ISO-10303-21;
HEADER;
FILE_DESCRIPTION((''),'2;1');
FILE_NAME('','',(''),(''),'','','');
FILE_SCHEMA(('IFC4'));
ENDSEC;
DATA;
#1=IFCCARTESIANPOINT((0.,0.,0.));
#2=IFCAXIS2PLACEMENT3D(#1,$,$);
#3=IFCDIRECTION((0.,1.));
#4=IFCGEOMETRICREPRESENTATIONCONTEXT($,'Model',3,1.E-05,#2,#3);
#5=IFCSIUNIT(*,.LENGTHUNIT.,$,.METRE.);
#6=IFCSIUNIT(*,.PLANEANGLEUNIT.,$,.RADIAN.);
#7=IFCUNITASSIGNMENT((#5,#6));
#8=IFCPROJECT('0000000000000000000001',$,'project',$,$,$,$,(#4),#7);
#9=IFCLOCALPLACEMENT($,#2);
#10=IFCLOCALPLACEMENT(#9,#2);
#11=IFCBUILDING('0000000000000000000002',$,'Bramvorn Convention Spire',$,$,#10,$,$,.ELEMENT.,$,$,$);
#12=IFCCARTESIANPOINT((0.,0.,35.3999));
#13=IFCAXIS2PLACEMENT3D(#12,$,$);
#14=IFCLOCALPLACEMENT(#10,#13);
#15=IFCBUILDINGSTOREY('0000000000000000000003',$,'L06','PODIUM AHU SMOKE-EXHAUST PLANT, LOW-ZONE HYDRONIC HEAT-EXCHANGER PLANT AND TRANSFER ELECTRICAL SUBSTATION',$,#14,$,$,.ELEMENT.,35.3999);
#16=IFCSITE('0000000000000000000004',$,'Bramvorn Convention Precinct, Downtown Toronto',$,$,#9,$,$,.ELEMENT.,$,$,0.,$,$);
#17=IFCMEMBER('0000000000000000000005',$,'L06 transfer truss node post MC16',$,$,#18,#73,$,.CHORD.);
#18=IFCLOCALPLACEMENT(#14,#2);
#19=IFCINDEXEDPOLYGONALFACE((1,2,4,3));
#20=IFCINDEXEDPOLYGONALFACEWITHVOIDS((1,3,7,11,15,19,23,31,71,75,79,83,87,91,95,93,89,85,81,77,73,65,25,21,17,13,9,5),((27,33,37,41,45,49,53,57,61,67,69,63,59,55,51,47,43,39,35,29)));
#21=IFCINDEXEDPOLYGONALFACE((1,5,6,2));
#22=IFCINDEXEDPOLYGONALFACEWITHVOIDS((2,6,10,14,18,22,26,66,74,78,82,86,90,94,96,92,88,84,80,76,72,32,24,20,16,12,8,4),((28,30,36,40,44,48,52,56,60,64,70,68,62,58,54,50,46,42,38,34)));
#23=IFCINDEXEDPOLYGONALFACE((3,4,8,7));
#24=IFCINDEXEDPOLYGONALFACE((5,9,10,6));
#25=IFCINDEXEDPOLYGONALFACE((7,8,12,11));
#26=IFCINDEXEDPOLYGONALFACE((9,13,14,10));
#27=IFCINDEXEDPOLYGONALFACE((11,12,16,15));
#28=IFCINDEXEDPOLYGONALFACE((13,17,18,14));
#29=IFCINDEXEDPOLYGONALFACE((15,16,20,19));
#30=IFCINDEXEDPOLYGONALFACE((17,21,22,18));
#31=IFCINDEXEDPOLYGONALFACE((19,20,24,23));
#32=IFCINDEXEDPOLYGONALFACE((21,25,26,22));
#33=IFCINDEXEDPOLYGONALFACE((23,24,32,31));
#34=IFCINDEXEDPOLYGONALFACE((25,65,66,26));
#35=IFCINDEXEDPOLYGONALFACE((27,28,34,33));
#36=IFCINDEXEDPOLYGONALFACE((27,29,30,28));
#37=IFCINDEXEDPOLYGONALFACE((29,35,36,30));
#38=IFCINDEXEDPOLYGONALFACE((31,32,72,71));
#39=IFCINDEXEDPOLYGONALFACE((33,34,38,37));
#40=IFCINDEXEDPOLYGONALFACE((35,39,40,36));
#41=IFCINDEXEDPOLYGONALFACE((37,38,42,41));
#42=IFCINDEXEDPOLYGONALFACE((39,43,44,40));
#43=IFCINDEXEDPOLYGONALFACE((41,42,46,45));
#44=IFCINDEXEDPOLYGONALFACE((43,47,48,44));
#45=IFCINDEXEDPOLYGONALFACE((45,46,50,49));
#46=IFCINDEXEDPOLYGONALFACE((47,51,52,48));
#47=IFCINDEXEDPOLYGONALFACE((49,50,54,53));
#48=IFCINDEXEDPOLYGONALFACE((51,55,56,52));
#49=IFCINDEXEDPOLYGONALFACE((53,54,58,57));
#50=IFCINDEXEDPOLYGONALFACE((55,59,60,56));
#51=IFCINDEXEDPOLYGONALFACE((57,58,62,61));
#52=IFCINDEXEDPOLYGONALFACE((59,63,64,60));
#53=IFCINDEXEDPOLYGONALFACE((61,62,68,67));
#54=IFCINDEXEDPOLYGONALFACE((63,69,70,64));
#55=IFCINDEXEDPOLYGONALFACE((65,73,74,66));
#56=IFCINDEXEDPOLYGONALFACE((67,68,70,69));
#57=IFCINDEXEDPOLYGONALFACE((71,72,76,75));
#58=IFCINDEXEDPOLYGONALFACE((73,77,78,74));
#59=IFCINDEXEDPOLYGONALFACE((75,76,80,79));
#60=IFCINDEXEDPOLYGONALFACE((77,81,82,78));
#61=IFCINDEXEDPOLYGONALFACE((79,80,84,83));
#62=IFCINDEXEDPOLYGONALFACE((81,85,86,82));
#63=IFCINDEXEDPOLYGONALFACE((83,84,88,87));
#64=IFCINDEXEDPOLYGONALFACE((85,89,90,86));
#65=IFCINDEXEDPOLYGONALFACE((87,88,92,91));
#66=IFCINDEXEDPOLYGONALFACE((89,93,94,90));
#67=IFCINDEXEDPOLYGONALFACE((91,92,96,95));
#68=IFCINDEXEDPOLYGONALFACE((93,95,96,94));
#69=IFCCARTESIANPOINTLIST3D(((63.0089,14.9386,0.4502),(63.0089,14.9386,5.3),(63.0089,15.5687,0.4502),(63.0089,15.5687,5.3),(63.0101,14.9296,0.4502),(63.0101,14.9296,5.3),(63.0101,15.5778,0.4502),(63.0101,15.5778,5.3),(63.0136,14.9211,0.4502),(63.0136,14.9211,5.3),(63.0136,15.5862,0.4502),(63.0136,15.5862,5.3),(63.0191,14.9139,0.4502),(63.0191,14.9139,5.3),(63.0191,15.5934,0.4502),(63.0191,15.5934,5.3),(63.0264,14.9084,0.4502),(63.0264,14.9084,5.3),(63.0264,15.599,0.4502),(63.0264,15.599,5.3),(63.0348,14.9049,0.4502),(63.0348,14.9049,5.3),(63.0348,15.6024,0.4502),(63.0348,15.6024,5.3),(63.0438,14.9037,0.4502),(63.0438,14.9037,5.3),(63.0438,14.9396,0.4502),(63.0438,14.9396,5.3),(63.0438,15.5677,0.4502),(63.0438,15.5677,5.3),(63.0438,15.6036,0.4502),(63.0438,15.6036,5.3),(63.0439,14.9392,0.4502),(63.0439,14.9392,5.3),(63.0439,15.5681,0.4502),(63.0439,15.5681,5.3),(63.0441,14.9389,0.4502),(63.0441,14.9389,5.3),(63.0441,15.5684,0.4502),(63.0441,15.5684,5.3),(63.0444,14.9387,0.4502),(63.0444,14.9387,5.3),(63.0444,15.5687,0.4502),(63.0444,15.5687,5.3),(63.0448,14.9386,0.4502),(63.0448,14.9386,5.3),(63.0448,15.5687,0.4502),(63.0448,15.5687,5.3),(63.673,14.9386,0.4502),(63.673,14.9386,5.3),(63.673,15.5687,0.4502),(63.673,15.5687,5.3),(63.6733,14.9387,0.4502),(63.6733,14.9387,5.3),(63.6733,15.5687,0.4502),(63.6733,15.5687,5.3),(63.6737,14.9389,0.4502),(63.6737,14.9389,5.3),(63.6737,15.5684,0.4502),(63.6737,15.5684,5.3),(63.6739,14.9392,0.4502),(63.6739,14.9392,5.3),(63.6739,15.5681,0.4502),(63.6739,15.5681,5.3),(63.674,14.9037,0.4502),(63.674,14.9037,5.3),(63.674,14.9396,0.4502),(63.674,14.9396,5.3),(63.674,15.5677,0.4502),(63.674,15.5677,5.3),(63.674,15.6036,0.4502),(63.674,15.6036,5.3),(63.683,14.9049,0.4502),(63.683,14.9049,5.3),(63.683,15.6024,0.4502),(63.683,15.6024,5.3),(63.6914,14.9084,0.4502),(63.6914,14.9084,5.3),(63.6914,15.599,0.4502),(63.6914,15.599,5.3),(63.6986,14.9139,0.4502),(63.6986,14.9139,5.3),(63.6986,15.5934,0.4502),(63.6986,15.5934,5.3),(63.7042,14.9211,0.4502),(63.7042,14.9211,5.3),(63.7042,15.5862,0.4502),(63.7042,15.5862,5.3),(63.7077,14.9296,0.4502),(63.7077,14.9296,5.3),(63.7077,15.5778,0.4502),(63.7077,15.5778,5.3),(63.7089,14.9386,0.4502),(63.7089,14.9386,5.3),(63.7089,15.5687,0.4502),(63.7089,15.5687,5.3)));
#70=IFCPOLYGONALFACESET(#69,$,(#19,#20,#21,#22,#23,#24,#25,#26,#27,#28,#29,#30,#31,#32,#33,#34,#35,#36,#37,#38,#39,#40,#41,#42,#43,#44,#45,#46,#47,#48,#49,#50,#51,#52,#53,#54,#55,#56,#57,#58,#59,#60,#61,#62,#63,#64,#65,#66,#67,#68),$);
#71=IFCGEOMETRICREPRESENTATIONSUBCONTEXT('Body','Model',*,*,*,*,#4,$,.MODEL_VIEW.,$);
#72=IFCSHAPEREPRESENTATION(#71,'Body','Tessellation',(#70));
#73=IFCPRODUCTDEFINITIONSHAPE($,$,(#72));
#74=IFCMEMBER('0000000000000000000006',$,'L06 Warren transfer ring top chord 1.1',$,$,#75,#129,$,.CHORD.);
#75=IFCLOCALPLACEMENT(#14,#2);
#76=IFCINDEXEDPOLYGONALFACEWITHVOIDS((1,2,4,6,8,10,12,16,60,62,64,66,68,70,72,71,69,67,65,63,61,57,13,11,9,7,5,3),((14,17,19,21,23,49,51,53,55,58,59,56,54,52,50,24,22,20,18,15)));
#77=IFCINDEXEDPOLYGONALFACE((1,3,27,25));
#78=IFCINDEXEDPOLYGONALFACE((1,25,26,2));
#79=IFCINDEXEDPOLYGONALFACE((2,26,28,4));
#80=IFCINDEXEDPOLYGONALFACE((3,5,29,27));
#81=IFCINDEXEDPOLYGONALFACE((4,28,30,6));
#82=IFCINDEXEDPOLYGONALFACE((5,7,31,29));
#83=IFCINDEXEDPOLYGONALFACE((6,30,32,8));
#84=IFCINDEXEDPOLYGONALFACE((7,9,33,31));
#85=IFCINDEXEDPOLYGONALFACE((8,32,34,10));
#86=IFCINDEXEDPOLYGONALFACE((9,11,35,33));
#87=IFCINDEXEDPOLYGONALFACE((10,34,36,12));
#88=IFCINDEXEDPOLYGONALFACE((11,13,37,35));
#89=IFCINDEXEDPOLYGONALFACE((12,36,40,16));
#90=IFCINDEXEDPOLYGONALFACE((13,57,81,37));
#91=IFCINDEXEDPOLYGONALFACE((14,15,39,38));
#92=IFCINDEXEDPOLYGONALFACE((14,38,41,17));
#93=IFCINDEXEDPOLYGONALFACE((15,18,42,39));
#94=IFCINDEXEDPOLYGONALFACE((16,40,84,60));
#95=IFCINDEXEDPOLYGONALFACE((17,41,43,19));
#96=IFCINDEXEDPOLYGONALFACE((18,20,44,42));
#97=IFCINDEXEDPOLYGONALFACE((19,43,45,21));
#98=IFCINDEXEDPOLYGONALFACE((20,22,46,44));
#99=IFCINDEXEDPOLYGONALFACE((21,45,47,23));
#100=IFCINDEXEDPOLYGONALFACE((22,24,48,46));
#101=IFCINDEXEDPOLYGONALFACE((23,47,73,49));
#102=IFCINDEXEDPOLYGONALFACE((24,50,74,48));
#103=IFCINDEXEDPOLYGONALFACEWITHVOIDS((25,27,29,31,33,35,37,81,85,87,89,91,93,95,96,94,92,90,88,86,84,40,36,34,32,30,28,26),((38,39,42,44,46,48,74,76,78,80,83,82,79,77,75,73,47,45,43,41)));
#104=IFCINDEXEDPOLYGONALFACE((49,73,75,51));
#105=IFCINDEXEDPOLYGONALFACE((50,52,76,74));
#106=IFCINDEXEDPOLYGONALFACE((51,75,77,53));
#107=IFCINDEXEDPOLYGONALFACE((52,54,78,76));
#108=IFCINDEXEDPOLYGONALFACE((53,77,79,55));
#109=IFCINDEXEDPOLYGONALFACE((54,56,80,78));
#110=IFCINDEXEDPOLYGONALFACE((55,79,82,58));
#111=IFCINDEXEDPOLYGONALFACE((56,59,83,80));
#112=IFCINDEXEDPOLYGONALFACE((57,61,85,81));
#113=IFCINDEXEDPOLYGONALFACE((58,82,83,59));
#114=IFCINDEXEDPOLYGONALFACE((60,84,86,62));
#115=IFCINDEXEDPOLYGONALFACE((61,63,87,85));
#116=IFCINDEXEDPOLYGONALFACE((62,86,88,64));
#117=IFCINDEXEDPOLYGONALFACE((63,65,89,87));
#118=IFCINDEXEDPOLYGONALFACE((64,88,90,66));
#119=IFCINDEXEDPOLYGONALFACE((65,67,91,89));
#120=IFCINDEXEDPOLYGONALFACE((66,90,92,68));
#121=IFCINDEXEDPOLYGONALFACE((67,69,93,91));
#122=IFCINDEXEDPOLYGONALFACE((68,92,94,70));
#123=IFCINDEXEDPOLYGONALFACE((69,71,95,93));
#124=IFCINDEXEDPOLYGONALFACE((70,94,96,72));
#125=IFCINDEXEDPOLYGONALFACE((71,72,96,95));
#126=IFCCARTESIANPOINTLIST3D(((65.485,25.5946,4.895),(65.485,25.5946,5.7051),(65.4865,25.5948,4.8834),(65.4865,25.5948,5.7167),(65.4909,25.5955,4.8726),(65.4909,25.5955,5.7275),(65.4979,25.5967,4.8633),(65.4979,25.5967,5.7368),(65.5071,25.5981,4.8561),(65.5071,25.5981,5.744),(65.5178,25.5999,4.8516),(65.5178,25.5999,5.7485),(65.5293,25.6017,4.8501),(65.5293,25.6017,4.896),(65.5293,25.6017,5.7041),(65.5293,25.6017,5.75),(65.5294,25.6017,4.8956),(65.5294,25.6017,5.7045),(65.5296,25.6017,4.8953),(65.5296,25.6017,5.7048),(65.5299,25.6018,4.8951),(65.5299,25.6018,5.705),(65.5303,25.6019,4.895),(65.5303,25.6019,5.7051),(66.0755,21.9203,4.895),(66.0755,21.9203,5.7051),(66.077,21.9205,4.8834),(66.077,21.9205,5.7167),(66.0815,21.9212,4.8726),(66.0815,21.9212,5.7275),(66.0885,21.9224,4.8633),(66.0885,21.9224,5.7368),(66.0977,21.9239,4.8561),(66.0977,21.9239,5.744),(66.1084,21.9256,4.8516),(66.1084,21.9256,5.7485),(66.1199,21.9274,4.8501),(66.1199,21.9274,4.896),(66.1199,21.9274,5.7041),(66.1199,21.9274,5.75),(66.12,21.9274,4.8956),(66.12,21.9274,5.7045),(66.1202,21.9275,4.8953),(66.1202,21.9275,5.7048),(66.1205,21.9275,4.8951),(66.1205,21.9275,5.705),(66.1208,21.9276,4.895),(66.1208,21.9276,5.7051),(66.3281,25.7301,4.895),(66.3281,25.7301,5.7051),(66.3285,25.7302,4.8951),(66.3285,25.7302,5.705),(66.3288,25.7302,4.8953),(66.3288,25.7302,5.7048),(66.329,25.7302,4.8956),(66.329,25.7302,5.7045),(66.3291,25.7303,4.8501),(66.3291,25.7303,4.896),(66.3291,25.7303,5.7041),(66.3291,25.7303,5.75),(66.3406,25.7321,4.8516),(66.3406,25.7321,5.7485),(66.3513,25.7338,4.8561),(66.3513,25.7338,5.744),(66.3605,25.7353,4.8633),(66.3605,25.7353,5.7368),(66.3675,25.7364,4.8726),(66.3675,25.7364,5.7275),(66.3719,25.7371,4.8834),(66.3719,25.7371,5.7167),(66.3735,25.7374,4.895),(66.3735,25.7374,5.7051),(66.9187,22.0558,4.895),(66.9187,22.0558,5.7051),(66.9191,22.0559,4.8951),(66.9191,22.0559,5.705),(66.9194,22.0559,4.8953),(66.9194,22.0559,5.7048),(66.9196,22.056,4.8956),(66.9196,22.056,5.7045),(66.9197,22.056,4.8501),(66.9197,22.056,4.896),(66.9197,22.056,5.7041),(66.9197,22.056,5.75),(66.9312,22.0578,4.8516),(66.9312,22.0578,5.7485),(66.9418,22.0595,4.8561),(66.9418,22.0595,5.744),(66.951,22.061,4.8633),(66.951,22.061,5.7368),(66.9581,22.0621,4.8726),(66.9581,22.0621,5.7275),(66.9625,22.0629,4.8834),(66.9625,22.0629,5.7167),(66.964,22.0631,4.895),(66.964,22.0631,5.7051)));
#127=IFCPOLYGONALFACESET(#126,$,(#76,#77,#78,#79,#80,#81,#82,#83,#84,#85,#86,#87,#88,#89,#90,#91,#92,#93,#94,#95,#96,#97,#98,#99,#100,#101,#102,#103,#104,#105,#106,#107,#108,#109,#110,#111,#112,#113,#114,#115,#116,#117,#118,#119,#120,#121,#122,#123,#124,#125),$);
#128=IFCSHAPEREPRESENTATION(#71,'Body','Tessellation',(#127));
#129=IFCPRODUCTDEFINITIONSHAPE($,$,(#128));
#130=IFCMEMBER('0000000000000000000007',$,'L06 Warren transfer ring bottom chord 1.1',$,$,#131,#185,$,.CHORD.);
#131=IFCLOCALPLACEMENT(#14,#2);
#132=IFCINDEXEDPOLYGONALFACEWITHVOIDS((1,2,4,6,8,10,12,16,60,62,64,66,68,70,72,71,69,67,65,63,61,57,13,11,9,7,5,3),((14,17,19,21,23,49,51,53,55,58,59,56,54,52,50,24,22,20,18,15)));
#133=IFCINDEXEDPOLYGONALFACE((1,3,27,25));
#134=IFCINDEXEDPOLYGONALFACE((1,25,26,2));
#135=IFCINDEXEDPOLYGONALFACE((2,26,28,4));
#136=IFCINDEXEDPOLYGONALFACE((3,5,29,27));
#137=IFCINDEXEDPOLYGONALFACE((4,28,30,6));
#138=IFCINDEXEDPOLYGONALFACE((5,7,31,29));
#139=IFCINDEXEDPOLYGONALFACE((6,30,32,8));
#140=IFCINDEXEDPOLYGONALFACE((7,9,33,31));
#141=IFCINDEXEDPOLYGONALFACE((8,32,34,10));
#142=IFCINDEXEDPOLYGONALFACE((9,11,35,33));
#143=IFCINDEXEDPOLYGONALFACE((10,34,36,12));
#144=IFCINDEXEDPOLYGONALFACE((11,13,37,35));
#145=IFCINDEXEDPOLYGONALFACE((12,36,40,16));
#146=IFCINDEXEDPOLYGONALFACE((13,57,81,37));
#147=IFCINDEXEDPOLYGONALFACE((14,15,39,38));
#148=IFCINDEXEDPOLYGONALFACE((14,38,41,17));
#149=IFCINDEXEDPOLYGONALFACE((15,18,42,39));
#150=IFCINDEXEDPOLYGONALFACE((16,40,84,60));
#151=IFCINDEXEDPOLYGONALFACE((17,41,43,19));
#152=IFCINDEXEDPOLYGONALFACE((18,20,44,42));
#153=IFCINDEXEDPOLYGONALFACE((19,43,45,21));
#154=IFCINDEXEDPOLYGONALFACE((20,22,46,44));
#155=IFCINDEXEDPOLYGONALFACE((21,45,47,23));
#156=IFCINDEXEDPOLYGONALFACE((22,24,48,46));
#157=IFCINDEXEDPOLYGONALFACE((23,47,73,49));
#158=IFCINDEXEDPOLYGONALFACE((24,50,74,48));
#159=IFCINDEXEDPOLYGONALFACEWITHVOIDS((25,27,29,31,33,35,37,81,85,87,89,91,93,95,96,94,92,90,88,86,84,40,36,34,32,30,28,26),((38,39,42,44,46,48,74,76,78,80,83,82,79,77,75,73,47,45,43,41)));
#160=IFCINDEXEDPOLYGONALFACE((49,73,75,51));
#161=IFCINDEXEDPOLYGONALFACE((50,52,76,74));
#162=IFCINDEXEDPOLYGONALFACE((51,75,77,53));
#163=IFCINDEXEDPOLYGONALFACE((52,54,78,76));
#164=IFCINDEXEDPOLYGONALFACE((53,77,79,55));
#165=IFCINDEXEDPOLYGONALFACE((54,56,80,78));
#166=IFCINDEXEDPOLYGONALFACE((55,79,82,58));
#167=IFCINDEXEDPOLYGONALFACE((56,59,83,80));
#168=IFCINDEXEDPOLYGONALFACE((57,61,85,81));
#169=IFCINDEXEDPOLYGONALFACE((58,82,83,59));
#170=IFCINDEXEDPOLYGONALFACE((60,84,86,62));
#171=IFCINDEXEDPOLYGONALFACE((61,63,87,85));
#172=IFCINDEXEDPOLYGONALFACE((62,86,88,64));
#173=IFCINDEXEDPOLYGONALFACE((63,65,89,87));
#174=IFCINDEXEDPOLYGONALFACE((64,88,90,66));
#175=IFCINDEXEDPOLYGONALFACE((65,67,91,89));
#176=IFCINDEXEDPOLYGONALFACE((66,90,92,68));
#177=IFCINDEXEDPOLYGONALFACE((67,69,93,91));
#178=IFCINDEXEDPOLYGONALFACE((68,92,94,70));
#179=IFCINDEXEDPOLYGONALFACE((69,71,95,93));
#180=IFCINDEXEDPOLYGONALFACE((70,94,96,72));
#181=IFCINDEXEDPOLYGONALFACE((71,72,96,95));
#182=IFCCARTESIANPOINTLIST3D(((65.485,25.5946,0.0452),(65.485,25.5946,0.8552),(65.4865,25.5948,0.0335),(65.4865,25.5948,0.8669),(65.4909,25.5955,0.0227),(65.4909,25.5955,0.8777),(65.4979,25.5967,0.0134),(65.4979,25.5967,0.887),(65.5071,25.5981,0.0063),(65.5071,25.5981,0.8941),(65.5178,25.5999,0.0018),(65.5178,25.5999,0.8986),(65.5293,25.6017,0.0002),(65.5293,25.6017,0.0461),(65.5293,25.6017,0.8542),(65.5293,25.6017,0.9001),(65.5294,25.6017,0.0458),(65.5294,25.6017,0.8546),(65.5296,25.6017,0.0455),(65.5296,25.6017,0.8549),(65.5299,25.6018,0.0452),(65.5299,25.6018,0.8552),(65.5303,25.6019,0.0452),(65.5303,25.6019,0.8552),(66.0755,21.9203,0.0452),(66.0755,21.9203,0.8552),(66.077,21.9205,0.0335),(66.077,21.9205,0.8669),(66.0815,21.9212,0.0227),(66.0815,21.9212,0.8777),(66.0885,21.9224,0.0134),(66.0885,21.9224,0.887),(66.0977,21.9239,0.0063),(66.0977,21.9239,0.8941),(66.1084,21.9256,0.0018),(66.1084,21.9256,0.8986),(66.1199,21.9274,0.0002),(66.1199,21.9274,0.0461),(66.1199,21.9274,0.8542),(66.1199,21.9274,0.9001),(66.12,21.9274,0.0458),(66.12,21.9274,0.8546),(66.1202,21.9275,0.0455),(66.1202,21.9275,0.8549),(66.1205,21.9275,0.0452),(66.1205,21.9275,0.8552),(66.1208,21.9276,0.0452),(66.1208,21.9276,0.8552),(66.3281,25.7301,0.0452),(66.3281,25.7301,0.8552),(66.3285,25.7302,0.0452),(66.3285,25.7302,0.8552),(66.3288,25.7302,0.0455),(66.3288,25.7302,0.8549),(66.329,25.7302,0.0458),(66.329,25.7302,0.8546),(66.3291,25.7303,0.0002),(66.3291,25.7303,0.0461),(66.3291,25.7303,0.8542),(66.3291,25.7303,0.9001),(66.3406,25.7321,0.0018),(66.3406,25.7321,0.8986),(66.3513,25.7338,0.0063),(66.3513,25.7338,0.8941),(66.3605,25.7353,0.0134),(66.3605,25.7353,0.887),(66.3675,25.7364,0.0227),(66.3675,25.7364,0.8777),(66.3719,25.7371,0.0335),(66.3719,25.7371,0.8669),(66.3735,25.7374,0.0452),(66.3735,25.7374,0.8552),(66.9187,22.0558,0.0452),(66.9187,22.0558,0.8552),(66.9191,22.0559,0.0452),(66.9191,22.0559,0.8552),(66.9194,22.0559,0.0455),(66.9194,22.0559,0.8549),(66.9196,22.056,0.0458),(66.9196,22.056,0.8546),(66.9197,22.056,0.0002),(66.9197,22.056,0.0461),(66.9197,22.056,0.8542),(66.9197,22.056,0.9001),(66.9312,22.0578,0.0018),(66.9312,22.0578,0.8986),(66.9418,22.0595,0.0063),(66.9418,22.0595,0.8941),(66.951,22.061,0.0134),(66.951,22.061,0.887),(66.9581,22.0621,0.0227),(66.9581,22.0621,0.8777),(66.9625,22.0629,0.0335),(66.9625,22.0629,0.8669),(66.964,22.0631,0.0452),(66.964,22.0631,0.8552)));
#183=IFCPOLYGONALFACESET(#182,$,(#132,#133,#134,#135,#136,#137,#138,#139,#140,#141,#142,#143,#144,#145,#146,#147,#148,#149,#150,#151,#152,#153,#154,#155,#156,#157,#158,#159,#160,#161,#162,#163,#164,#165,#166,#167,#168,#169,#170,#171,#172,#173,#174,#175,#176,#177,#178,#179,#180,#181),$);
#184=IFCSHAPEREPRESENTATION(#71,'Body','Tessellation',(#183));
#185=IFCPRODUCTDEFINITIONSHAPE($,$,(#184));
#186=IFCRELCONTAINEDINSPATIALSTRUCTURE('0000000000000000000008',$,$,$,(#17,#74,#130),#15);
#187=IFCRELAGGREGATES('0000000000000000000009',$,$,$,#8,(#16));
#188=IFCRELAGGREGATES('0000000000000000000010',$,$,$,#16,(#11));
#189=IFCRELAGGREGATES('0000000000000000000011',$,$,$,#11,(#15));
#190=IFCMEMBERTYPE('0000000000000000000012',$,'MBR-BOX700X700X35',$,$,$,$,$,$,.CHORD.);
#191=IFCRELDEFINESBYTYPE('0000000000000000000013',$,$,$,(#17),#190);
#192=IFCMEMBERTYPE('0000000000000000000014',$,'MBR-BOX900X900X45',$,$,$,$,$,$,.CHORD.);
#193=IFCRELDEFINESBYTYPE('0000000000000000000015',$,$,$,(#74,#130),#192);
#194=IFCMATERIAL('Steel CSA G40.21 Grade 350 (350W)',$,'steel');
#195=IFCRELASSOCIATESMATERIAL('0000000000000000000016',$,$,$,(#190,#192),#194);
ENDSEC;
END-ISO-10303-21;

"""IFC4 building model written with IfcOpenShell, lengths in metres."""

from ifc_helpers import new_model, si_unit, direction, frame, origin, origin_2d, place, context, subcontext, project, spatial, hollow_rectangle, extrude, material, material_profile, profile_set, type_object, element, save


model = new_model("IFC4")

# Units and contexts
model_context = context("Model", 3, precision=1e-05, world=origin(), true_north=direction((0.0, 1.0)))
body_context = subcontext(model_context, "Body", "Model", "MODEL_VIEW")
ifc_project = project(units=[si_unit("LENGTHUNIT", "METRE"), si_unit("PLANEANGLEUNIT", "RADIAN")], contexts=[model_context])

# Site, building, storey
site_placement = place(None, origin())
site = spatial("IfcSite", under=ifc_project, at=site_placement, Name="Bramvorn Convention Precinct, Downtown Toronto", CompositionType="ELEMENT", RefElevation=0.0)
building_placement = place(site_placement, origin())
building = spatial("IfcBuilding", under=site, at=building_placement, Name="Bramvorn Convention Spire", CompositionType="ELEMENT")
storey_placement = place(building_placement, frame((0.0, 0.0, 35.3999)))
storey = spatial("IfcBuildingStorey", under=building, at=storey_placement, Name="L06", Description="PODIUM AHU SMOKE-EXHAUST PLANT, LOW-ZONE HYDRONIC HEAT-EXCHANGER PLANT AND TRANSFER ELECTRICAL SUBSTATION", CompositionType="ELEMENT", Elevation=35.3999)

# Shared definitions
ifc_material_1 = material(Name="Steel CSA G40.21 Grade 350 (350W)", Category="steel")

# Members
ifc_material_profile_1 = material_profile(ifc_material_1, hollow_rectangle(XDim=0.7, YDim=0.7, WallThickness=0.0349, InnerFilletRadius=0.001, OuterFilletRadius=0.0349, at=origin_2d()))
ifc_profile_set_1 = profile_set([ifc_material_profile_1], Name="Steel CSA G40.21 Grade 350 (350W) - BOX700X700X35")
member_type_1 = type_object("IfcMemberType", Name="MBR-BOX700X700X35", PredefinedType="CHORD", material=ifc_profile_set_1)
for number, where, z_axis, x_axis, name in (
    (1, (63.3589, 15.2537, 0.4502), (0.0, 0.0, 1.0), (1.0, 0.0, 0.0), "L06 transfer truss node post MC16"),
):
    element("IfcMember", number, at=place(storey_placement, frame(where, z_axis=z_axis, x_axis=x_axis)), inside=storey, type_object=member_type_1, Name=name, PredefinedType="CHORD", context=body_context, shape_type="SweptSolid", body=[
        extrude(hollow_rectangle(XDim=0.7, YDim=0.7, WallThickness=0.0349, InnerFilletRadius=0.001, OuterFilletRadius=0.0349, at=origin_2d()), origin(), (0.0, 0.0, 1.0), 4.8499),
    ])
ifc_material_profile_2 = material_profile(ifc_material_1, hollow_rectangle(XDim=0.8999, YDim=0.8999, WallThickness=0.0449, InnerFilletRadius=0.001, OuterFilletRadius=0.0449, at=origin_2d()))
ifc_profile_set_2 = profile_set([ifc_material_profile_2], Name="Steel CSA G40.21 Grade 350 (350W) - BOX900X900X45")
member_type_2 = type_object("IfcMemberType", Name="MBR-BOX900X900X45", PredefinedType="CHORD", material=ifc_profile_set_2)
for number, where, z_axis, x_axis, name in (
    (2, (66.5198, 21.9917, 5.3), (-0.158694, 0.987328, 0.0), (-0.987328, -0.158694, 0.0), "L06 Warren transfer ring top chord 1.1"),
    (3, (66.5198, 21.9917, 0.4502), (-0.158694, 0.987328, 0.0), (-0.987328, -0.158694, 0.0), "L06 Warren transfer ring bottom chord 1.1"),
):
    element("IfcMember", number, at=place(storey_placement, frame(where, z_axis=z_axis, x_axis=x_axis)), inside=storey, type_object=member_type_2, Name=name, PredefinedType="CHORD", context=body_context, shape_type="SweptSolid", body=[
        extrude(hollow_rectangle(XDim=0.8999, YDim=0.8999, WallThickness=0.0449, InnerFilletRadius=0.001, OuterFilletRadius=0.0449, at=origin_2d()), origin(), (0.0, 0.0, 1.0), 3.7214),
    ])

save(model, "model.ifc")
